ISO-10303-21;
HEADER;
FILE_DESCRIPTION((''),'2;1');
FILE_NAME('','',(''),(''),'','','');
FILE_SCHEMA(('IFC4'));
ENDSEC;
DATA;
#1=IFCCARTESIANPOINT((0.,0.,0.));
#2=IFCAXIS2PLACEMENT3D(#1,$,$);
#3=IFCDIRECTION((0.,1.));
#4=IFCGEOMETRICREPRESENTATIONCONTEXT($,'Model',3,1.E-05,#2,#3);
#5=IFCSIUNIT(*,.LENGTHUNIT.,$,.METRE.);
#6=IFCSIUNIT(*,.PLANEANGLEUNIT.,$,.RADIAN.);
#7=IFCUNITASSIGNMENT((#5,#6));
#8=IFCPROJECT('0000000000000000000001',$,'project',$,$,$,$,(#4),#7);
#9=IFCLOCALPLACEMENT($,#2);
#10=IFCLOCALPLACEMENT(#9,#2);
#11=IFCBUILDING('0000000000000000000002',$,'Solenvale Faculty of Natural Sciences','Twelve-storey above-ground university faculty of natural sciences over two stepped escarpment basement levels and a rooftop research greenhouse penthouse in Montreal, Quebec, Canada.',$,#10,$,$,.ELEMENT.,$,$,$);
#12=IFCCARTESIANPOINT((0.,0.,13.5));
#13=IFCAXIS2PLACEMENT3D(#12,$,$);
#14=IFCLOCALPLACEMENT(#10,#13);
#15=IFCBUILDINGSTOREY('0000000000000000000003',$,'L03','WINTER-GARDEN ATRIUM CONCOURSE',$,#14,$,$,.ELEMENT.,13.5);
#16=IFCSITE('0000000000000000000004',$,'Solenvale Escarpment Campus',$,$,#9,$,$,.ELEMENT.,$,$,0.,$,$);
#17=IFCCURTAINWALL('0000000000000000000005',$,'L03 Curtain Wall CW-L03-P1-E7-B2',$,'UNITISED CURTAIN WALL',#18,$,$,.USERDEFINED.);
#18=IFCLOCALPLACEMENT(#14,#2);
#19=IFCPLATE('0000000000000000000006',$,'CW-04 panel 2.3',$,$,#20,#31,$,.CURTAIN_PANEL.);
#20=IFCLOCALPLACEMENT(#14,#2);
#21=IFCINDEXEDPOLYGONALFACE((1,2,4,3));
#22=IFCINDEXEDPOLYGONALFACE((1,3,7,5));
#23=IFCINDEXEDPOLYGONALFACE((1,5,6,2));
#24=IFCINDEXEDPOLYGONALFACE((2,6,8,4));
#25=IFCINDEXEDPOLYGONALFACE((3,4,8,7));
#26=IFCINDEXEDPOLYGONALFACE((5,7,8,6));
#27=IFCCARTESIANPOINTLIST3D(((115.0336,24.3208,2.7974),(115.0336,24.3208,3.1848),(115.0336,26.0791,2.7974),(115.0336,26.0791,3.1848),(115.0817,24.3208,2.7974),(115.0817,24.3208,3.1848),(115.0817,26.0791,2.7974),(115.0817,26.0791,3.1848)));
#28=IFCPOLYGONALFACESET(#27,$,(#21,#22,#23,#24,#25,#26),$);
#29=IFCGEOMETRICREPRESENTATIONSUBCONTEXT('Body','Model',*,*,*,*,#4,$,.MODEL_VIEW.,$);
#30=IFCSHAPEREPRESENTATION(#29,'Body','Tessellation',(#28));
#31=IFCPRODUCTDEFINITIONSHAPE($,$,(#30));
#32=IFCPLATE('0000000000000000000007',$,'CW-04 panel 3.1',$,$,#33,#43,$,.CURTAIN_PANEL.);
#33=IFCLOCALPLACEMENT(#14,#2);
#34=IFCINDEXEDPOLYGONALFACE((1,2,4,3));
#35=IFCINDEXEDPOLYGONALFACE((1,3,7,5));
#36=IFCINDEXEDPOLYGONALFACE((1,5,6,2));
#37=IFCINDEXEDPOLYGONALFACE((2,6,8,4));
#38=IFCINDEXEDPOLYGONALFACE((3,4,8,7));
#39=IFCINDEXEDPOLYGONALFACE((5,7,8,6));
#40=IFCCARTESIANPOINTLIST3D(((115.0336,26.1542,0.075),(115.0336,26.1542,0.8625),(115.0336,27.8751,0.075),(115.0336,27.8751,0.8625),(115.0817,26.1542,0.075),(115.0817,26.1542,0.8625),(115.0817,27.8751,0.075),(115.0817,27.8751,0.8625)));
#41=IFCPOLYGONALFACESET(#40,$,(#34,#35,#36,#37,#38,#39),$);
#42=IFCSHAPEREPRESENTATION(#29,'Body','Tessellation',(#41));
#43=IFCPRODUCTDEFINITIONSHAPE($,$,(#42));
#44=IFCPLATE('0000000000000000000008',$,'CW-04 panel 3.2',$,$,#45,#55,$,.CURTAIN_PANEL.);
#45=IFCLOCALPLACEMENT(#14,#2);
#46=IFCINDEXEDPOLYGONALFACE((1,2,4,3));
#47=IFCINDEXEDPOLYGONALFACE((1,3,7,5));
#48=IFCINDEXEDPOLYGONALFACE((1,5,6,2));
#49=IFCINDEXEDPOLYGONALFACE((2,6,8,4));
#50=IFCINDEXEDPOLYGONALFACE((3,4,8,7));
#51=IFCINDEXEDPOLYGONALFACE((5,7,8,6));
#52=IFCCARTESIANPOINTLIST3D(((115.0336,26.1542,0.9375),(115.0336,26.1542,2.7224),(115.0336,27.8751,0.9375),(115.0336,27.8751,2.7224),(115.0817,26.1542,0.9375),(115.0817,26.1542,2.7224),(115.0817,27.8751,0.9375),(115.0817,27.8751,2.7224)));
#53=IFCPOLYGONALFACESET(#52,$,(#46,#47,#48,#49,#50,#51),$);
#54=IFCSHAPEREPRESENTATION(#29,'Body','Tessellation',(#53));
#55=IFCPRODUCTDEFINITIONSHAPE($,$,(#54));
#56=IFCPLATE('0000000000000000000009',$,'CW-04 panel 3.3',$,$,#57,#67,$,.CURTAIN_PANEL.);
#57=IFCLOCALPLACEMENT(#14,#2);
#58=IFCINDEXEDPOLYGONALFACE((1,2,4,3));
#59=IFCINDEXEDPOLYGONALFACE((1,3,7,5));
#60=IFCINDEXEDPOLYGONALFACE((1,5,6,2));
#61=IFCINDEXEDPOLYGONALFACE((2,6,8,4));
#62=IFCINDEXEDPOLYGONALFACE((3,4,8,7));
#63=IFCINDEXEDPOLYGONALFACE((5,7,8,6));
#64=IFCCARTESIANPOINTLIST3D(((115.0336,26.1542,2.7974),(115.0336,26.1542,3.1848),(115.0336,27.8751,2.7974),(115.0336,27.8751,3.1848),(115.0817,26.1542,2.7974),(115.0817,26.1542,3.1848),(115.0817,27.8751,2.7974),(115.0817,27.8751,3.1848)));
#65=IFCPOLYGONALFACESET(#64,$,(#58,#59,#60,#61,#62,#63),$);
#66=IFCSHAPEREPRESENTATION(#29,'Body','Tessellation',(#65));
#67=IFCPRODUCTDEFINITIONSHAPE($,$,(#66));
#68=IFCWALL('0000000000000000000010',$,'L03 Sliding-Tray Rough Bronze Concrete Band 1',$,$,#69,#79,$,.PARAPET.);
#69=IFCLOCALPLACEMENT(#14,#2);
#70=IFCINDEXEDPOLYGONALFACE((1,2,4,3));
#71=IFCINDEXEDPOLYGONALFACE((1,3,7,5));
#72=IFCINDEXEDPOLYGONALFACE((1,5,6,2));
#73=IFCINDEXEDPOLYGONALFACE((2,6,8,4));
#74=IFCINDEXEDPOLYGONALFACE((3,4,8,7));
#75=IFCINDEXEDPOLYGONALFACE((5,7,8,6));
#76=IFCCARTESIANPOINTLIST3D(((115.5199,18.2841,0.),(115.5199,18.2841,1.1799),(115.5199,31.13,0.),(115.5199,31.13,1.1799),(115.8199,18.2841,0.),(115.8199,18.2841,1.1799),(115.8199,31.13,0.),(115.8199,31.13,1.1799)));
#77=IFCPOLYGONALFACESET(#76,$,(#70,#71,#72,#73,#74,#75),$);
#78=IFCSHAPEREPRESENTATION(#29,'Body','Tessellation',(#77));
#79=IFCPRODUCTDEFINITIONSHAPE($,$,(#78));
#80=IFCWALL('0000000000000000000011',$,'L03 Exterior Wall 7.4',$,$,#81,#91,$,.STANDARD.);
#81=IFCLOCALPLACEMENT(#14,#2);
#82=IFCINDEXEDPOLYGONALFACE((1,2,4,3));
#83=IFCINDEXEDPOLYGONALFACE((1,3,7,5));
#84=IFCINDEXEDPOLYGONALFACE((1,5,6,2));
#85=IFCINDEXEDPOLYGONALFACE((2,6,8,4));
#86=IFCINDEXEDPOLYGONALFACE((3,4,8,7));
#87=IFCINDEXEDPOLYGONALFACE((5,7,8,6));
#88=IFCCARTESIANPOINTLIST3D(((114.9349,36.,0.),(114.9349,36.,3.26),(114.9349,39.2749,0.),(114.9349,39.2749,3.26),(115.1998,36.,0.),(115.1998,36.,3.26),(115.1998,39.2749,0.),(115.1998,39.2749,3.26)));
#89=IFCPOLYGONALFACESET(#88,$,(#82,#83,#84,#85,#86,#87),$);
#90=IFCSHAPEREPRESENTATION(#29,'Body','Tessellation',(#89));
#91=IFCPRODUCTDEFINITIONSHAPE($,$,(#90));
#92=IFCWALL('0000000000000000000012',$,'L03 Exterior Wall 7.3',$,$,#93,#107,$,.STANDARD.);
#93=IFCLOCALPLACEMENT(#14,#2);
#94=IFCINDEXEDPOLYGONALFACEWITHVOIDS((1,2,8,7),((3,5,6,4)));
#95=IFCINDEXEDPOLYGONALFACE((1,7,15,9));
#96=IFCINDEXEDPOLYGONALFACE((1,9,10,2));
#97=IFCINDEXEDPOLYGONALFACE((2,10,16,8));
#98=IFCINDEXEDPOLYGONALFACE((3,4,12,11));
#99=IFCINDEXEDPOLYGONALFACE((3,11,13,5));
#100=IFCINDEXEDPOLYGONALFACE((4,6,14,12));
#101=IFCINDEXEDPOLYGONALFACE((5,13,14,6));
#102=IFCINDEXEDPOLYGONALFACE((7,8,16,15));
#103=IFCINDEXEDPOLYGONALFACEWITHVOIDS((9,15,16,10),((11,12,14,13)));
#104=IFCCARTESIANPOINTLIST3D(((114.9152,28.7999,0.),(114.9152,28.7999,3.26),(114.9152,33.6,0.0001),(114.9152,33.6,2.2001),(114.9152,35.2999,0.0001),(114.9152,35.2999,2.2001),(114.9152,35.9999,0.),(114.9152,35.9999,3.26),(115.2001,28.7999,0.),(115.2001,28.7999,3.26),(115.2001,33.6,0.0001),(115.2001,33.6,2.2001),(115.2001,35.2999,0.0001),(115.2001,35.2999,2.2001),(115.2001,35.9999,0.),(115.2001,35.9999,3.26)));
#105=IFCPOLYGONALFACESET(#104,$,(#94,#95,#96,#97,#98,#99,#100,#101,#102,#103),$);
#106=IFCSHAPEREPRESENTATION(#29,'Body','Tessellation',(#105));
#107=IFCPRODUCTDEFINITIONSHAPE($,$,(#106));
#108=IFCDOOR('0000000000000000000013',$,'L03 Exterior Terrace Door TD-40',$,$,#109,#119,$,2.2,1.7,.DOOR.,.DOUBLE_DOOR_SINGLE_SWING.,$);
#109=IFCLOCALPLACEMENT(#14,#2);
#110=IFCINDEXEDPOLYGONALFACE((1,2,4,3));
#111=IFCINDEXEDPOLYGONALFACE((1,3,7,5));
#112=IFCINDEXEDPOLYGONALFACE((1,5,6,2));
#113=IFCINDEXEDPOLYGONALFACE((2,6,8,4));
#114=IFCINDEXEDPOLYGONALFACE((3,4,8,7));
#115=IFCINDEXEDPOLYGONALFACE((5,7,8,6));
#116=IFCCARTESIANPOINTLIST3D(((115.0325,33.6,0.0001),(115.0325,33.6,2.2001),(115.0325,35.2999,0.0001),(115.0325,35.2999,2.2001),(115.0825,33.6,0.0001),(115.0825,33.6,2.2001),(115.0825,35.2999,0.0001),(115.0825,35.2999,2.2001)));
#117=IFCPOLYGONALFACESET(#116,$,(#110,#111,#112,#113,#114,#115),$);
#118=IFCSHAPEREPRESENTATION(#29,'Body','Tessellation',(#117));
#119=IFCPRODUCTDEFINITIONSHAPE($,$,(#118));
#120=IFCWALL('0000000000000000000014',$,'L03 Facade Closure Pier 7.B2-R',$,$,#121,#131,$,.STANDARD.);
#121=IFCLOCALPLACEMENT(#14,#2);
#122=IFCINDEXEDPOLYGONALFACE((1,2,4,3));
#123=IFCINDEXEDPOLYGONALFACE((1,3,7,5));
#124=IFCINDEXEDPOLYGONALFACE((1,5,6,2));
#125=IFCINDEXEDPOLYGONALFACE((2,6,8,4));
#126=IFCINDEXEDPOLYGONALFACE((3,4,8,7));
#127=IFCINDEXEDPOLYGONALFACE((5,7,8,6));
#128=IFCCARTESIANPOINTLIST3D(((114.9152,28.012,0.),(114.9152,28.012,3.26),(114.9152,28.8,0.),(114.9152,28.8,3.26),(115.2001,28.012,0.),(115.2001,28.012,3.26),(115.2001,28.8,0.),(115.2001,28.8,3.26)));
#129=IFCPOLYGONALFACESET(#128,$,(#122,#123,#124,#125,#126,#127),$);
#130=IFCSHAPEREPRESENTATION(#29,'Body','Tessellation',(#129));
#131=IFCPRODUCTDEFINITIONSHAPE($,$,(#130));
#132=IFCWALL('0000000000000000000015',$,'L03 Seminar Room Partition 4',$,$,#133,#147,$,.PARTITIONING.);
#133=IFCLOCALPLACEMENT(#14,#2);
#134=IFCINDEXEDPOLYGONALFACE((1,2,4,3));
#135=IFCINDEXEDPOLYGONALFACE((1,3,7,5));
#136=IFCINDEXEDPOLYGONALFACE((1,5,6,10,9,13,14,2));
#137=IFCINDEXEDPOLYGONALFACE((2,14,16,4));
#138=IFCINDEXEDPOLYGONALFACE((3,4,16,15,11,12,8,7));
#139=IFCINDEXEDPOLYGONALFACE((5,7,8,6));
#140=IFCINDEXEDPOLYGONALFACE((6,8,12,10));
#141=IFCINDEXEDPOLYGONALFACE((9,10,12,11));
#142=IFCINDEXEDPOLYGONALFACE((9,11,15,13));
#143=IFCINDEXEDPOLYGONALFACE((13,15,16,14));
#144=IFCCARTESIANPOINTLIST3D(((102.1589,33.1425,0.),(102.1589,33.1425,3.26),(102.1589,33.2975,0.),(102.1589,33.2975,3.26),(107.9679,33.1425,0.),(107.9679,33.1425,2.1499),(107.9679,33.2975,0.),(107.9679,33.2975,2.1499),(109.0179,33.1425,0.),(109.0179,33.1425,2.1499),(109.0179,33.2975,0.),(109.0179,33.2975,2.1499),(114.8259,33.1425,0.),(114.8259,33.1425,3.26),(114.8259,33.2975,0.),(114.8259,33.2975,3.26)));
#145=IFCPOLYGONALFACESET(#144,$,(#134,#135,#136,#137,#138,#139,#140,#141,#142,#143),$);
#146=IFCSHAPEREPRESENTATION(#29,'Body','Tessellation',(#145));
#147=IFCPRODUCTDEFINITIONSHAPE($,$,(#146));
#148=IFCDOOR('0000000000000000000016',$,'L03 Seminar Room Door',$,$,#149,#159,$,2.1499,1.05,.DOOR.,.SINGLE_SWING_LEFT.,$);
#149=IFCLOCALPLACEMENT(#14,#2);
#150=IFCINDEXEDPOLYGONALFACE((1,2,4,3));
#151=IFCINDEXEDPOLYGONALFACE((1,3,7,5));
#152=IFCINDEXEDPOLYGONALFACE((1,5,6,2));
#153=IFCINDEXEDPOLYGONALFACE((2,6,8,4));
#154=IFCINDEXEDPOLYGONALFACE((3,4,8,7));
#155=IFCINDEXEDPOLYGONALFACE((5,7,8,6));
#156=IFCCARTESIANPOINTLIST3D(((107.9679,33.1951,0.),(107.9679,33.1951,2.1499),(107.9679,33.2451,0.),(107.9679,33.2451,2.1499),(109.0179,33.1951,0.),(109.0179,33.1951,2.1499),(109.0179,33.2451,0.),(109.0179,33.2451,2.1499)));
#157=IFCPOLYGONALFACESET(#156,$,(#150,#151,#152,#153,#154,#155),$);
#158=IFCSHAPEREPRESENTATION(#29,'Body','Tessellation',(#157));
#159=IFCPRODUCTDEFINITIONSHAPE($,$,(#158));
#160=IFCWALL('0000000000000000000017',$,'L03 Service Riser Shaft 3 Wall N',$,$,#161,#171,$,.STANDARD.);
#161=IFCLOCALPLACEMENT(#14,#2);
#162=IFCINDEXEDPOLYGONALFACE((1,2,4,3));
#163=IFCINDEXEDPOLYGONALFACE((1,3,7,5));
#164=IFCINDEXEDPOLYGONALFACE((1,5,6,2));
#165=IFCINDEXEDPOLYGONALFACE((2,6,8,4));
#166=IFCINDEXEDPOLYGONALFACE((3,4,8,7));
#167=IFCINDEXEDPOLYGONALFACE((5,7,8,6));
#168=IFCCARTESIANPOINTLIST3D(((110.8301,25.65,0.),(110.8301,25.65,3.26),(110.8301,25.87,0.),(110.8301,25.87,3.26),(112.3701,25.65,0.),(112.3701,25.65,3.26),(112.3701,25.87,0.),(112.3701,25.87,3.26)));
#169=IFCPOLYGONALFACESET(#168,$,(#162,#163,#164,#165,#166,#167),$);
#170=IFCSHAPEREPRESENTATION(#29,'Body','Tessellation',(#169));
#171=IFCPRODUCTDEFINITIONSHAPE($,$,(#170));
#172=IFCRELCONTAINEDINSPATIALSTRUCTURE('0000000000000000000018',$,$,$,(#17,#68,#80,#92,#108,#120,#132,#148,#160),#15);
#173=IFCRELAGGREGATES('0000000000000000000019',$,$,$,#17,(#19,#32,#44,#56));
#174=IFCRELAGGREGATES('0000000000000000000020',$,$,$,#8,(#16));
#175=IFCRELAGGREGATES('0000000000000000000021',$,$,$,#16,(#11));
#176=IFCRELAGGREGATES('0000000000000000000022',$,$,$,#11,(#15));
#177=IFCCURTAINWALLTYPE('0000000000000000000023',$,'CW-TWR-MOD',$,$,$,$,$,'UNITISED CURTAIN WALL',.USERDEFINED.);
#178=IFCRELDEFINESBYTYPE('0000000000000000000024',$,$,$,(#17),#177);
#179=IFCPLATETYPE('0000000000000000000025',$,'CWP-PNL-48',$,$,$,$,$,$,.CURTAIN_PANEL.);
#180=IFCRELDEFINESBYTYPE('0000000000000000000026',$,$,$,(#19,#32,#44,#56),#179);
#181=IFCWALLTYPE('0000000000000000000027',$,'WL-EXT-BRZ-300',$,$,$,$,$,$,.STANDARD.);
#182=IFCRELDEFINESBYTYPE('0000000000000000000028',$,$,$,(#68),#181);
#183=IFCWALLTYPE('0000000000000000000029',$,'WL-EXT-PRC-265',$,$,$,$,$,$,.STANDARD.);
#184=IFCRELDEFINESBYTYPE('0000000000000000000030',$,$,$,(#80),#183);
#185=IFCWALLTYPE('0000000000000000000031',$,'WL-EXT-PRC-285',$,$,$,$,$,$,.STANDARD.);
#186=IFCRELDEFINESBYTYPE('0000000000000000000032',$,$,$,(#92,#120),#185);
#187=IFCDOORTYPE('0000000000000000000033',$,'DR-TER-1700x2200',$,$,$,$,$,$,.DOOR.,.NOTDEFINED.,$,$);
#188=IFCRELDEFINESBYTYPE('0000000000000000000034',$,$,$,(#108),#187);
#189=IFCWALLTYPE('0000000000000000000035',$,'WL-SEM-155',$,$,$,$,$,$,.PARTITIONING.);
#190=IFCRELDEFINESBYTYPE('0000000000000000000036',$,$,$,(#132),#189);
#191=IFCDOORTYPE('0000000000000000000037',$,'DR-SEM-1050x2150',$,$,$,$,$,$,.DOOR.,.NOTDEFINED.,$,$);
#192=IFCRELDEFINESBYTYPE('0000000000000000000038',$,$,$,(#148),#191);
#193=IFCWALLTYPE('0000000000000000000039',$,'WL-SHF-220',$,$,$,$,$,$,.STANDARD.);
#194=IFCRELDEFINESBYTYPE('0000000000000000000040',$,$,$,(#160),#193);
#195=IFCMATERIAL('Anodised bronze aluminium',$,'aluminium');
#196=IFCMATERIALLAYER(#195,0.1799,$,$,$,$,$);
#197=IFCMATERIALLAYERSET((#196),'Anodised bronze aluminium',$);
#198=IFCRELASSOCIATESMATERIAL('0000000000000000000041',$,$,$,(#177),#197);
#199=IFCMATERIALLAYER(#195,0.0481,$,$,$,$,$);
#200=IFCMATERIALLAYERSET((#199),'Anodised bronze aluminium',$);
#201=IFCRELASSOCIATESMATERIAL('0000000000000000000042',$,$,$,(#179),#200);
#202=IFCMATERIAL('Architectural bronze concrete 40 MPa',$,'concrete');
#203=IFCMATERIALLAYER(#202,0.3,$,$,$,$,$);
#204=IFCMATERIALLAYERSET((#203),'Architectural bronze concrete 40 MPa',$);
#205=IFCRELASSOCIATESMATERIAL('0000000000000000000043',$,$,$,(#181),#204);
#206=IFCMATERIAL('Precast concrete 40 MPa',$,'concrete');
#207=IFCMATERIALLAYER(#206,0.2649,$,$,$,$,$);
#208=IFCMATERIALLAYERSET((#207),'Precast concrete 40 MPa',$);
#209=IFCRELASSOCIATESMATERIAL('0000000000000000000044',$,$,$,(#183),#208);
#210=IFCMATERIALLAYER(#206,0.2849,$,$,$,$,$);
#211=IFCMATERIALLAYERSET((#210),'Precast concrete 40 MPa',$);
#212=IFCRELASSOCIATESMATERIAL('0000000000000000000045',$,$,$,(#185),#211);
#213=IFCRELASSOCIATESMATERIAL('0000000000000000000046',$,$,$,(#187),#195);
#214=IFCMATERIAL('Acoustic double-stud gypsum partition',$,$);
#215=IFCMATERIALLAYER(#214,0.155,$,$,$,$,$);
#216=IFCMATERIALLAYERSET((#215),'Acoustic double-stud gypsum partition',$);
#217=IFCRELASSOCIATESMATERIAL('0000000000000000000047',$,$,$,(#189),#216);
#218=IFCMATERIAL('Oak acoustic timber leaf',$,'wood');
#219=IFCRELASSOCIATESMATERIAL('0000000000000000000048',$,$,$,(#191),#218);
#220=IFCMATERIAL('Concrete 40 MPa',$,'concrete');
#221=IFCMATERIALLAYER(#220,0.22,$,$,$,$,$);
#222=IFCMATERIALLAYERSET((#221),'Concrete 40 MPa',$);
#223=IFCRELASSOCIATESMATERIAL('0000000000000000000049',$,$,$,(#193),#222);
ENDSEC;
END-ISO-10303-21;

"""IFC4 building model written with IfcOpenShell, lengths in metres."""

from ifc_helpers import new_model, si_unit, direction, frame, frame_2d, origin, origin_2d, place, context, subcontext, project, spatial, rectangle, extrude, material, layer, layer_set, type_object, element, fill, aggregate, save


model = new_model("IFC4")

# Units and contexts
model_context = context("Model", 3, precision=1e-05, world=origin(), true_north=direction((0.0, 1.0)))
body_context = subcontext(model_context, "Body", "Model", "MODEL_VIEW")
ifc_project = project(units=[si_unit("LENGTHUNIT", "METRE"), si_unit("PLANEANGLEUNIT", "RADIAN")], contexts=[model_context])

# Site, building, storey
site_placement = place(None, origin())
site = spatial("IfcSite", under=ifc_project, at=site_placement, Name="Solenvale Escarpment Campus", CompositionType="ELEMENT", RefElevation=0.0)
building_placement = place(site_placement, origin())
building = spatial("IfcBuilding", under=site, at=building_placement, Name="Solenvale Faculty of Natural Sciences", Description="Twelve-storey above-ground university faculty of natural sciences over two stepped escarpment basement levels and a rooftop research greenhouse penthouse in Montreal, Quebec, Canada.", CompositionType="ELEMENT")
storey_placement = place(building_placement, frame((0.0, 0.0, 13.5)))
storey = spatial("IfcBuildingStorey", under=building, at=storey_placement, Name="L03", Description="WINTER-GARDEN ATRIUM CONCOURSE", CompositionType="ELEMENT", Elevation=13.5)

# Shared definitions
ifc_material_1 = material(Name="Concrete 40 MPa", Category="concrete")
ifc_material_2 = material(Name="Architectural bronze concrete 40 MPa", Category="concrete")

# Curtain wall, plates
ifc_material_3 = material(Name="Anodised bronze aluminium", Category="aluminium")
ifc_layer_1 = layer(ifc_material_3, 0.1799)
ifc_layer_set_1 = layer_set([ifc_layer_1], Name="Anodised bronze aluminium")
curtain_wall_type = type_object("IfcCurtainWallType", Name="CW-TWR-MOD", ElementType="UNITISED CURTAIN WALL", PredefinedType="USERDEFINED", material=ifc_layer_set_1)
curtain_wall_placement = place(storey_placement, origin())
curtain_wall = element("IfcCurtainWall", 1, at=curtain_wall_placement, inside=storey, type_object=curtain_wall_type, Name="L03 Curtain Wall CW-L03-P1-E7-B2", ObjectType="UNITISED CURTAIN WALL", PredefinedType="USERDEFINED")
ifc_layer_2 = layer(ifc_material_3, 0.0481)
ifc_layer_set_2 = layer_set([ifc_layer_2], Name="Anodised bronze aluminium")
plate_type = type_object("IfcPlateType", Name="CWP-PNL-48", PredefinedType="CURTAIN_PANEL", material=ifc_layer_set_2)
plate_1_placement = place(storey_placement, frame((115.0576, 25.2, 2.7974), z_axis=(0.0, 0.0, 1.0), x_axis=(0.0, 1.0, 0.0)))
plate_1 = element("IfcPlate", 2, at=plate_1_placement, type_object=plate_type, Name="CW-04 panel 2.3", PredefinedType="CURTAIN_PANEL", context=body_context, shape_type="SweptSolid", body=[
    extrude(rectangle(XDim=1.7583, YDim=0.0481, at=origin_2d()), origin(), (0.0, 0.0, 1.0), 0.3875),
])
plate_2_placement = place(storey_placement, frame((115.0576, 27.0146, 0.075), z_axis=(0.0, 0.0, 1.0), x_axis=(0.0, 1.0, 0.0)))
plate_2 = element("IfcPlate", 3, at=plate_2_placement, type_object=plate_type, Name="CW-04 panel 3.1", PredefinedType="CURTAIN_PANEL", context=body_context, shape_type="SweptSolid", body=[
    extrude(rectangle(XDim=1.7209, YDim=0.0481, at=origin_2d()), origin(), (0.0, 0.0, 1.0), 0.7876),
])
plate_3_placement = place(storey_placement, frame((115.0576, 27.0146, 0.9375), z_axis=(0.0, 0.0, 1.0), x_axis=(0.0, 1.0, 0.0)))
plate_3 = element("IfcPlate", 4, at=plate_3_placement, type_object=plate_type, Name="CW-04 panel 3.2", PredefinedType="CURTAIN_PANEL", context=body_context, shape_type="SweptSolid", body=[
    extrude(rectangle(XDim=1.7209, YDim=0.0481, at=origin_2d()), origin(), (0.0, 0.0, 1.0), 1.7849),
])
plate_4_placement = place(storey_placement, frame((115.0576, 27.0146, 2.7974), z_axis=(0.0, 0.0, 1.0), x_axis=(0.0, 1.0, 0.0)))
plate_4 = element("IfcPlate", 5, at=plate_4_placement, type_object=plate_type, Name="CW-04 panel 3.3", PredefinedType="CURTAIN_PANEL", context=body_context, shape_type="SweptSolid", body=[
    extrude(rectangle(XDim=1.7209, YDim=0.0481, at=origin_2d()), origin(), (0.0, 0.0, 1.0), 0.3875),
])
aggregate(curtain_wall, [plate_1, plate_2, plate_3, plate_4])

# Walls
ifc_layer_3 = layer(ifc_material_2, 0.3)
ifc_layer_set_3 = layer_set([ifc_layer_3], Name="Architectural bronze concrete 40 MPa")
wall_type_1 = type_object("IfcWallType", Name="WL-EXT-BRZ-300", PredefinedType="STANDARD", material=ifc_layer_set_3)
wall_1_placement = place(storey_placement, frame((115.6699, 31.1299, 0.0), z_axis=(0.0, 0.0, 1.0), x_axis=(0.0, -1.0, 0.0)))
element("IfcWall", 6, at=wall_1_placement, inside=storey, type_object=wall_type_1, Name="L03 Sliding-Tray Rough Bronze Concrete Band 1", PredefinedType="PARAPET", context=body_context, shape_type="SweptSolid", body=[
    extrude(rectangle(XDim=12.8459, YDim=0.3, at=frame_2d((6.4229, 0.0))), origin(), (0.0, 0.0, 1.0), 1.1799),
])
ifc_material_4 = material(Name="Precast concrete 40 MPa", Category="concrete")
ifc_layer_4 = layer(ifc_material_4, 0.2649)
ifc_layer_set_4 = layer_set([ifc_layer_4], Name="Precast concrete 40 MPa")
wall_type_2 = type_object("IfcWallType", Name="WL-EXT-PRC-265", PredefinedType="STANDARD", material=ifc_layer_set_4)
wall_2_placement = place(storey_placement, frame((115.0674, 39.2749, 0.0), z_axis=(0.0, 0.0, 1.0), x_axis=(0.0, -1.0, 0.0)))
element("IfcWall", 7, at=wall_2_placement, inside=storey, type_object=wall_type_2, Name="L03 Exterior Wall 7.4", PredefinedType="STANDARD", context=body_context, shape_type="SweptSolid", body=[
    extrude(rectangle(XDim=3.2749, YDim=0.2649, at=frame_2d((1.6375, 0.0))), origin(), (0.0, 0.0, 1.0), 3.26),
])

# Wall, opening, door
ifc_layer_5 = layer(ifc_material_4, 0.2849)
ifc_layer_set_5 = layer_set([ifc_layer_5], Name="Precast concrete 40 MPa")
wall_type_3 = type_object("IfcWallType", Name="WL-EXT-PRC-285", PredefinedType="STANDARD", material=ifc_layer_set_5)
wall_3_placement = place(storey_placement, frame((115.0576, 36.0, 0.0), z_axis=(0.0, 0.0, 1.0), x_axis=(0.0, -1.0, 0.0)))
wall_3 = element("IfcWall", 8, at=wall_3_placement, inside=storey, type_object=wall_type_3, Name="L03 Exterior Wall 7.3", PredefinedType="STANDARD", context=body_context, shape_type="SweptSolid", body=[
    extrude(rectangle(XDim=7.2, YDim=0.2849, at=frame_2d((3.6001, 0.0))), origin(), (0.0, 0.0, 1.0), 3.26),
])
opening_1_placement = place(wall_3_placement, frame((0.7, 0.0, 0.0)))
opening_1 = element("IfcOpeningElement", 9, at=opening_1_placement, cuts=wall_3, PredefinedType="OPENING", context=body_context, shape_type="SweptSolid", body=[
    extrude(rectangle(XDim=1.7, YDim=2.2, at=frame_2d((0.8501, 1.1001))), frame((0.0, 0.1523, 0.0), z_axis=(0.0, -1.0, 0.0), x_axis=(1.0, 0.0, 0.0)), (0.0, 0.0, 1.0), 0.3049),
])
door_type_1 = type_object("IfcDoorType", Name="DR-TER-1700x2200", OperationType="NOTDEFINED", PredefinedType="DOOR", material=ifc_material_3)
door_1_placement = place(opening_1_placement, origin())
door_1 = element("IfcDoor", 10, at=door_1_placement, inside=storey, type_object=door_type_1, Name="L03 Exterior Terrace Door TD-40", OperationType="DOUBLE_DOOR_SINGLE_SWING", OverallHeight=2.2, OverallWidth=1.7, PredefinedType="DOOR", context=body_context, shape_type="SweptSolid", body=[
    extrude(rectangle(XDim=1.7, YDim=2.2, at=frame_2d((0.8501, 1.1001))), frame((0.0, 0.0249, 0.0), z_axis=(0.0, -1.0, 0.0), x_axis=(1.0, 0.0, 0.0)), (0.0, 0.0, 1.0), 0.05),
])
fill(opening_1, door_1)

# Wall
wall_4_placement = place(storey_placement, frame((115.0576, 28.012, 0.0), z_axis=(0.0, 0.0, 1.0), x_axis=(0.0, 1.0, 0.0)))
element("IfcWall", 11, at=wall_4_placement, inside=storey, type_object=wall_type_3, Name="L03 Facade Closure Pier 7.B2-R", PredefinedType="STANDARD", context=body_context, shape_type="SweptSolid", body=[
    extrude(rectangle(XDim=0.7881, YDim=0.2849, at=frame_2d((0.394, 0.0))), origin(), (0.0, 0.0, 1.0), 3.26),
])

# Wall, opening, door
ifc_material_5 = material(Name="Acoustic double-stud gypsum partition")
ifc_layer_6 = layer(ifc_material_5, 0.155)
ifc_layer_set_6 = layer_set([ifc_layer_6], Name="Acoustic double-stud gypsum partition")
wall_type_4 = type_object("IfcWallType", Name="WL-SEM-155", PredefinedType="PARTITIONING", material=ifc_layer_set_6)
wall_5_placement = place(storey_placement, frame((114.8259, 33.22, 0.0), z_axis=(0.0, 0.0, 1.0), x_axis=(-1.0, 0.0, 0.0)))
wall_5 = element("IfcWall", 12, at=wall_5_placement, inside=storey, type_object=wall_type_4, Name="L03 Seminar Room Partition 4", PredefinedType="PARTITIONING", context=body_context, shape_type="SweptSolid", body=[
    extrude(rectangle(XDim=12.667, YDim=0.155, at=frame_2d((6.3335, 0.0))), origin(), (0.0, 0.0, 1.0), 3.26),
])
opening_2_placement = place(wall_5_placement, frame((5.8081, 0.0, 0.0)))
opening_2 = element("IfcOpeningElement", 13, at=opening_2_placement, cuts=wall_5, PredefinedType="OPENING", context=body_context, shape_type="SweptSolid", body=[
    extrude(rectangle(XDim=1.05, YDim=2.1499, at=frame_2d((0.5249, 1.075))), frame((0.0, 0.0874, 0.0), z_axis=(0.0, -1.0, 0.0), x_axis=(1.0, 0.0, 0.0)), (0.0, 0.0, 1.0), 0.175),
])
ifc_material_6 = material(Name="Oak acoustic timber leaf", Category="wood")
door_type_2 = type_object("IfcDoorType", Name="DR-SEM-1050x2150", OperationType="NOTDEFINED", PredefinedType="DOOR", material=ifc_material_6)
door_2_placement = place(opening_2_placement, origin())
door_2 = element("IfcDoor", 14, at=door_2_placement, inside=storey, type_object=door_type_2, Name="L03 Seminar Room Door", OperationType="SINGLE_SWING_LEFT", OverallHeight=2.1499, OverallWidth=1.05, PredefinedType="DOOR", context=body_context, shape_type="SweptSolid", body=[
    extrude(rectangle(XDim=1.05, YDim=2.1499, at=frame_2d((0.5249, 1.075))), frame((0.0, 0.0249, 0.0), z_axis=(0.0, -1.0, 0.0), x_axis=(1.0, 0.0, 0.0)), (0.0, 0.0, 1.0), 0.05),
])
fill(opening_2, door_2)

# Wall
ifc_layer_7 = layer(ifc_material_1, 0.22)
ifc_layer_set_7 = layer_set([ifc_layer_7], Name="Concrete 40 MPa")
wall_type_5 = type_object("IfcWallType", Name="WL-SHF-220", PredefinedType="STANDARD", material=ifc_layer_set_7)
wall_6_placement = place(storey_placement, frame((110.8301, 25.76, 0.0), z_axis=(0.0, 0.0, 1.0), x_axis=(1.0, 0.0, 0.0)))
element("IfcWall", 15, at=wall_6_placement, inside=storey, type_object=wall_type_5, Name="L03 Service Riser Shaft 3 Wall N", PredefinedType="STANDARD", context=body_context, shape_type="SweptSolid", body=[
    extrude(rectangle(XDim=1.54, YDim=0.22, at=frame_2d((0.77, 0.0))), origin(), (0.0, 0.0, 1.0), 3.26),
])

save(model, "model.ifc")
